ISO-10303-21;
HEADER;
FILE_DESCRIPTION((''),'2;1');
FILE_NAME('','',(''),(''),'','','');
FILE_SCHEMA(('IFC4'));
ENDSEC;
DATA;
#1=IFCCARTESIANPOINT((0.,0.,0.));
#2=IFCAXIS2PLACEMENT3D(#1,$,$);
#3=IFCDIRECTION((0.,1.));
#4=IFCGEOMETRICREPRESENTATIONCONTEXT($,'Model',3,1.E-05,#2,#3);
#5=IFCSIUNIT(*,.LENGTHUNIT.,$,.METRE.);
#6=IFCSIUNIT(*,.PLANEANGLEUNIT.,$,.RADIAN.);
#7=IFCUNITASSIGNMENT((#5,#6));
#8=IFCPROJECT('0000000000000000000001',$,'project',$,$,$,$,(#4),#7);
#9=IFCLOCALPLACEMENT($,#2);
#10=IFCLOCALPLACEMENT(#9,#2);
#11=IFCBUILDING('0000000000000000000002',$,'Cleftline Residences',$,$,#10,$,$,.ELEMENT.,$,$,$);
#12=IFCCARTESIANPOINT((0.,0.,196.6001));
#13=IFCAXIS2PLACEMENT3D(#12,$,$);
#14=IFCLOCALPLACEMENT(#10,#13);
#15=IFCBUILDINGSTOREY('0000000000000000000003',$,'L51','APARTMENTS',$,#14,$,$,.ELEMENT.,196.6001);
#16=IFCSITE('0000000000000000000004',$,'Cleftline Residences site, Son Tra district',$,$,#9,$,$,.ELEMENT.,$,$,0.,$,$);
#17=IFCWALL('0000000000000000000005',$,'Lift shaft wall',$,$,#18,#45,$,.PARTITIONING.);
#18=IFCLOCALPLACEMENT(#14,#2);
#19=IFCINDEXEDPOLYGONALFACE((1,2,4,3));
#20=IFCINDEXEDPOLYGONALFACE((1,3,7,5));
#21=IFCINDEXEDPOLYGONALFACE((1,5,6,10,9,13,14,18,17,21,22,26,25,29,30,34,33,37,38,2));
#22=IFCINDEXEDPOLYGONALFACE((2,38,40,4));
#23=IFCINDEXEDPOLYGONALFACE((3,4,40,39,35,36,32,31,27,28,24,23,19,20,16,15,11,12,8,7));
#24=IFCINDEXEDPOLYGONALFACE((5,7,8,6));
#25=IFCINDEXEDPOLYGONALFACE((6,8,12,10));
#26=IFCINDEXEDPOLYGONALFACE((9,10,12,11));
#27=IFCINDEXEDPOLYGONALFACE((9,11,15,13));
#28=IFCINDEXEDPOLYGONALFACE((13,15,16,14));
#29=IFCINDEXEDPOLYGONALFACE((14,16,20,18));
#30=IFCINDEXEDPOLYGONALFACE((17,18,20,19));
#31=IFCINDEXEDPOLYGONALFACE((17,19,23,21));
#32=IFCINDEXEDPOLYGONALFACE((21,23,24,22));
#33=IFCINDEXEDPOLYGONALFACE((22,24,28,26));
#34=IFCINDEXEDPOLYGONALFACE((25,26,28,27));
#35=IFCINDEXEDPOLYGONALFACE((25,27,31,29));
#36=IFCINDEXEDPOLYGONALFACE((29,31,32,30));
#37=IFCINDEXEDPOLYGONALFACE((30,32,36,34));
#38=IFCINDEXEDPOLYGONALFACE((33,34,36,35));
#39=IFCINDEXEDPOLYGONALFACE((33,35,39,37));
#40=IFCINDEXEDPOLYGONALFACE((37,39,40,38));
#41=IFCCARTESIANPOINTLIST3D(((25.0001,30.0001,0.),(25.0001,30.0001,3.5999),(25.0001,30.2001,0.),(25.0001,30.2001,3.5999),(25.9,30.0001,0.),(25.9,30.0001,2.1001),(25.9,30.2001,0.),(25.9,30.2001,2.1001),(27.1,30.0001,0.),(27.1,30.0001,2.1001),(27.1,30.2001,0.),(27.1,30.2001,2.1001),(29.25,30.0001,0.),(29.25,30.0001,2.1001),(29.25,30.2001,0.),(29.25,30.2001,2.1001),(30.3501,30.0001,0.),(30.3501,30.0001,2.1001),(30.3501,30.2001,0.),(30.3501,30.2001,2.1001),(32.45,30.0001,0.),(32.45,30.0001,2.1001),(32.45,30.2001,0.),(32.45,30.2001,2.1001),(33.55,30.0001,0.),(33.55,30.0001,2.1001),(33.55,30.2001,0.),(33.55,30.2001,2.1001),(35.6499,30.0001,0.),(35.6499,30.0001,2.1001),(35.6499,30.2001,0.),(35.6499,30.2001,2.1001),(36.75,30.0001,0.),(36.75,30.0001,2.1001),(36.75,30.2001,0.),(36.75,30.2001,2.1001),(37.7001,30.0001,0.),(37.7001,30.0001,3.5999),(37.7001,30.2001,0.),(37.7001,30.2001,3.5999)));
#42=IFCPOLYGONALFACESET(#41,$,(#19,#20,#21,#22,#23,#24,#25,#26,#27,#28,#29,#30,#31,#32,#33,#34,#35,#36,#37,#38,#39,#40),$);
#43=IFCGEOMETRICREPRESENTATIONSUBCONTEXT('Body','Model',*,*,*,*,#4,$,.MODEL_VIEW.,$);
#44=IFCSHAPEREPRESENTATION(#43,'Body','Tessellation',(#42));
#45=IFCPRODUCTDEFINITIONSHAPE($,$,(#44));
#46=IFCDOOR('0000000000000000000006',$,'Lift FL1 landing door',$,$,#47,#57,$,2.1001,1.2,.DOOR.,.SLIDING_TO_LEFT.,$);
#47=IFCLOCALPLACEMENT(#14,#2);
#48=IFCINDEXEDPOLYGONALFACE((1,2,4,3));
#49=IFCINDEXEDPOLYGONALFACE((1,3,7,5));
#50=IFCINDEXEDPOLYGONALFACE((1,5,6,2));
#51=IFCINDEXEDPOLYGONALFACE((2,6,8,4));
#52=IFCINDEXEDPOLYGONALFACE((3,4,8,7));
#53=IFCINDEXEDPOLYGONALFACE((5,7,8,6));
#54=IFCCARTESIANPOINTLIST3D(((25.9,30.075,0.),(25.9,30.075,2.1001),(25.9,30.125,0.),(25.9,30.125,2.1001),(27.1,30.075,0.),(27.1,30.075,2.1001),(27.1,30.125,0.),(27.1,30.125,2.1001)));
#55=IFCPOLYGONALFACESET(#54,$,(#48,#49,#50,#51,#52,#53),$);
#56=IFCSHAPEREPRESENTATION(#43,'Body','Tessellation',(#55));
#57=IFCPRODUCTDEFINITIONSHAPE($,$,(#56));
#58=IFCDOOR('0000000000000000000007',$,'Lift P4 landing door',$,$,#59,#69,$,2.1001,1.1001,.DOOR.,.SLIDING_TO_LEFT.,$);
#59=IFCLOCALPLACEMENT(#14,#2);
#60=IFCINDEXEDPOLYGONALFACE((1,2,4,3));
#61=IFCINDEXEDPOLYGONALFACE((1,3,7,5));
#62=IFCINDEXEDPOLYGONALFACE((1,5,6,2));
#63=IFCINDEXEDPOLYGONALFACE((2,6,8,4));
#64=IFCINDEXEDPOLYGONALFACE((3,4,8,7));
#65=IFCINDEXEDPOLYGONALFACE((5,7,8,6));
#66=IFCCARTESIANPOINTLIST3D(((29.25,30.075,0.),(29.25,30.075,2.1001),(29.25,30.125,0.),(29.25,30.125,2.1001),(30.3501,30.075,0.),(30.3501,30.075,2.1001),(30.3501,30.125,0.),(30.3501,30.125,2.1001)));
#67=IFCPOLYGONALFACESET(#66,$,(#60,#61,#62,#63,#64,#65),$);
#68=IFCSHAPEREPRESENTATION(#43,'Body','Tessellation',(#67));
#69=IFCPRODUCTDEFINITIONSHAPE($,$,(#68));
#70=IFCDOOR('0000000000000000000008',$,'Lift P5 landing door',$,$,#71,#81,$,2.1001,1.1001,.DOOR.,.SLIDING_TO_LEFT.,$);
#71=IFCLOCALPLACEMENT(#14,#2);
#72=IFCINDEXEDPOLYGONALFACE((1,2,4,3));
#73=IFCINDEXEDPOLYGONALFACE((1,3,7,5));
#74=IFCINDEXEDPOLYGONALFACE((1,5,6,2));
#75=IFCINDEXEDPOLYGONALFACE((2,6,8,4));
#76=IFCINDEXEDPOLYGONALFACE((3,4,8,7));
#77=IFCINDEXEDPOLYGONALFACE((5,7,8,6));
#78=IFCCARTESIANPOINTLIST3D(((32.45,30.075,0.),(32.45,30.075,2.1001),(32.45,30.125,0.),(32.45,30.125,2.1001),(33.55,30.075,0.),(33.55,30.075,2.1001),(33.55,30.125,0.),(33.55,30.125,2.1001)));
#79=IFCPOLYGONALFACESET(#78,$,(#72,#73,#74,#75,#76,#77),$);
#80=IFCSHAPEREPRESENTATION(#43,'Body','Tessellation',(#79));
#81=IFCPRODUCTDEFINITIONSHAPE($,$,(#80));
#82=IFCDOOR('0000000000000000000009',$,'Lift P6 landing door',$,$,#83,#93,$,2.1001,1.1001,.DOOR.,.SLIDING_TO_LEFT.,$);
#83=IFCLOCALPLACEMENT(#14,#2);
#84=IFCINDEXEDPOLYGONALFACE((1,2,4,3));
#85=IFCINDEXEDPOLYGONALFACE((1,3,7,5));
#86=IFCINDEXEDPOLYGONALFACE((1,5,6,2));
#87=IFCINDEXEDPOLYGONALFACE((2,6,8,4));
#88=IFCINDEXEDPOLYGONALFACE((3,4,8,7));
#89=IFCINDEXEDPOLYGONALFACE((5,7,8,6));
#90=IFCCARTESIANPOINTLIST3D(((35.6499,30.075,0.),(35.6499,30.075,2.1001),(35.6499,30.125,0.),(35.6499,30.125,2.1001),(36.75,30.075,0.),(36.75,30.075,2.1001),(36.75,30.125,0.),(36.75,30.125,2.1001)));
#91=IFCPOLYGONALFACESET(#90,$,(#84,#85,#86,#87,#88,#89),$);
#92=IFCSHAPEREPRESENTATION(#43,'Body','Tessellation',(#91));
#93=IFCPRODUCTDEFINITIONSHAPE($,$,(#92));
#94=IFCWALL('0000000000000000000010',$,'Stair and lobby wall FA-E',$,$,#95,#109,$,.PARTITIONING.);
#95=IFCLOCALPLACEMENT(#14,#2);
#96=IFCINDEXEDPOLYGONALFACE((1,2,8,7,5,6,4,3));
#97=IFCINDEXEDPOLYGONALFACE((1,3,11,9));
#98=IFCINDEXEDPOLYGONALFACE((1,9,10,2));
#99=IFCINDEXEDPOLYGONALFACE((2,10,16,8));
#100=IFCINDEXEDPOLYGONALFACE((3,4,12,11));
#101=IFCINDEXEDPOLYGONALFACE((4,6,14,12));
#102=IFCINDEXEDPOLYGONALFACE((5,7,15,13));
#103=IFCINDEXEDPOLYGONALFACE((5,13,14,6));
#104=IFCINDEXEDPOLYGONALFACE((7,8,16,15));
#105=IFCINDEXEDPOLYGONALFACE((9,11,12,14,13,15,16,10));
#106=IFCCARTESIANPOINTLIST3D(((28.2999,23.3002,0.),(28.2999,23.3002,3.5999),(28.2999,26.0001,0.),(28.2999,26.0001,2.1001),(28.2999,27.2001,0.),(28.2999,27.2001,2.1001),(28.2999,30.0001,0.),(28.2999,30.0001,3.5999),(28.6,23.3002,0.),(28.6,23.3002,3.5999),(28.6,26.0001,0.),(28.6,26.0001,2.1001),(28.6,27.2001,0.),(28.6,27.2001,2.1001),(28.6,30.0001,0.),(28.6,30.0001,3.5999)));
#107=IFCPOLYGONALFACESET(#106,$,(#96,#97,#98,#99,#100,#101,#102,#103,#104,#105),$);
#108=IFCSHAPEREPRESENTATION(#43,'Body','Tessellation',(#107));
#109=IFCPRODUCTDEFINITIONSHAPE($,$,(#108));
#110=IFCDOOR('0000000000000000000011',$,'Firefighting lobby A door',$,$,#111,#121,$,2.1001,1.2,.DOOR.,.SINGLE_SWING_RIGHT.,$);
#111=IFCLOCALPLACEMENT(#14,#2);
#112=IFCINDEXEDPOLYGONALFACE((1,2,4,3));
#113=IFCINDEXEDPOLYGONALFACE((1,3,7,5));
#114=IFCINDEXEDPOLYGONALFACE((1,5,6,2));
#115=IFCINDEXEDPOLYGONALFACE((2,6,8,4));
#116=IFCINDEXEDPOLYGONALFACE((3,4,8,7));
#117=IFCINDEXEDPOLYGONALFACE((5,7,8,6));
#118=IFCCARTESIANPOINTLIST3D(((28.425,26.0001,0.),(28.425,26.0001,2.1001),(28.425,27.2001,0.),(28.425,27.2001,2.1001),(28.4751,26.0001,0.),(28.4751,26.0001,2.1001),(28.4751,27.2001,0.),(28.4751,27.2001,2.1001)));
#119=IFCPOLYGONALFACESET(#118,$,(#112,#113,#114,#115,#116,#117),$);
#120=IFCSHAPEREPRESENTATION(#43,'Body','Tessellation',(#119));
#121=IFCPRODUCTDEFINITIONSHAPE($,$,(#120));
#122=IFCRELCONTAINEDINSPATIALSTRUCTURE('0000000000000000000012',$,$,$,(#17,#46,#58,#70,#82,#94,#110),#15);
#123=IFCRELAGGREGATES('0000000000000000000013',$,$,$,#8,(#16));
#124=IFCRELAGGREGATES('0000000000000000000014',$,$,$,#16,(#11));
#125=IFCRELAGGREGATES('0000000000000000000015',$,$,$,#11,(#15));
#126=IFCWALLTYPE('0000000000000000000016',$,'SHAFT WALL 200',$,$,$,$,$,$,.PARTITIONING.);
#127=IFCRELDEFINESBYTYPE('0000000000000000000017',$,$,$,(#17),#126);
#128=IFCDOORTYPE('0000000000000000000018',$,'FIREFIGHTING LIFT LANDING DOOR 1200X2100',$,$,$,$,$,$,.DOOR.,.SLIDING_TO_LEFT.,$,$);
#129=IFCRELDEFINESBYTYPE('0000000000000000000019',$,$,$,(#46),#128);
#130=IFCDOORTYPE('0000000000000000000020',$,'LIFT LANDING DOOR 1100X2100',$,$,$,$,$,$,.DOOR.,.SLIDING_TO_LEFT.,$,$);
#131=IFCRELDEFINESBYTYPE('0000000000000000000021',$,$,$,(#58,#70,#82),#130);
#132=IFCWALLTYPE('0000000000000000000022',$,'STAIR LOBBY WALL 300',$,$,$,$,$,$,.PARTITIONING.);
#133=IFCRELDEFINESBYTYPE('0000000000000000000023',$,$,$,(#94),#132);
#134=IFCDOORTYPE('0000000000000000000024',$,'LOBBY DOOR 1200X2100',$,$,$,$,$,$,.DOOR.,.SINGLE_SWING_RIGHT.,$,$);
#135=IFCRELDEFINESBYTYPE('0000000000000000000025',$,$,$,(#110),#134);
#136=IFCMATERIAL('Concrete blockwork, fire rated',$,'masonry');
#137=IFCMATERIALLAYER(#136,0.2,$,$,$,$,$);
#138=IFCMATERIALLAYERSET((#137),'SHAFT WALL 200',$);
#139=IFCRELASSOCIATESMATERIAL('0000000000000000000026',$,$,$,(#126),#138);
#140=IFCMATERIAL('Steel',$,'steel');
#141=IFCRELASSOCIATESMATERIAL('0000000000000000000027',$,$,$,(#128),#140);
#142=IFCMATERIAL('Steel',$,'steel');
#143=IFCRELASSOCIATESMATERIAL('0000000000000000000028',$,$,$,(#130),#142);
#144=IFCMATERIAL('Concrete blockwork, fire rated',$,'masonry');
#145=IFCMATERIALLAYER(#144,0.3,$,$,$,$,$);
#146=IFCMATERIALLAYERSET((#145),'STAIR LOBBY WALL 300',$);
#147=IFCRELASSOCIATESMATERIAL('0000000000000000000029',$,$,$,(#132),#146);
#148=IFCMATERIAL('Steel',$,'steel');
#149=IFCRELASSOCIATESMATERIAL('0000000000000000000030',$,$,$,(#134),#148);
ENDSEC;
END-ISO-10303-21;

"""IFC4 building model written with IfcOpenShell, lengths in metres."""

from ifc_helpers import new_model, si_unit, direction, frame, frame_2d, origin, place, context, subcontext, project, spatial, rectangle, extrude, material, layer, layer_set, type_object, element, fill, save


model = new_model("IFC4")

# Units and contexts
model_context = context("Model", 3, precision=1e-05, world=origin(), true_north=direction((0.0, 1.0)))
body_context = subcontext(model_context, "Body", "Model", "MODEL_VIEW")
ifc_project = project(units=[si_unit("LENGTHUNIT", "METRE"), si_unit("PLANEANGLEUNIT", "RADIAN")], contexts=[model_context])

# Site, building, storey
site_placement = place(None, origin())
site = spatial("IfcSite", under=ifc_project, at=site_placement, Name="Cleftline Residences site, Son Tra district", CompositionType="ELEMENT", RefElevation=0.0)
building_placement = place(site_placement, origin())
building = spatial("IfcBuilding", under=site, at=building_placement, Name="Cleftline Residences", CompositionType="ELEMENT")
storey_placement = place(building_placement, frame((0.0, 0.0, 196.6001)))
storey = spatial("IfcBuildingStorey", under=building, at=storey_placement, Name="L51", Description="APARTMENTS", CompositionType="ELEMENT", Elevation=196.6001)

# Wall, openings, doors
ifc_material_1 = material(Name="Concrete blockwork, fire rated", Category="masonry")
ifc_layer_1 = layer(ifc_material_1, 0.2)
ifc_layer_set_1 = layer_set([ifc_layer_1], Name="SHAFT WALL 200")
wall_type_1 = type_object("IfcWallType", Name="SHAFT WALL 200", PredefinedType="PARTITIONING", material=ifc_layer_set_1)
wall_1_placement = place(storey_placement, frame((25.0, 30.1001, 0.0), z_axis=(0.0, 0.0, 1.0), x_axis=(1.0, 0.0, 0.0)))
wall_1 = element("IfcWall", 1, at=wall_1_placement, inside=storey, type_object=wall_type_1, Name="Lift shaft wall", PredefinedType="PARTITIONING", context=body_context, shape_type="SweptSolid", body=[
    extrude(rectangle(XDim=12.7, YDim=0.2, at=frame_2d((6.3501, 0.0))), origin(), (0.0, 0.0, 1.0), 3.5999),
])
opening_1_placement = place(wall_1_placement, frame((4.25, 0.0, 0.0)))
opening_1 = element("IfcOpeningElement", 2, at=opening_1_placement, cuts=wall_1, PredefinedType="OPENING", context=body_context, shape_type="SweptSolid", body=[
    extrude(rectangle(XDim=1.1001, YDim=2.1001, at=frame_2d((0.55, 1.05))), frame((0.0, 0.1099, 0.0), z_axis=(0.0, -1.0, 0.0), x_axis=(1.0, 0.0, 0.0)), (0.0, 0.0, 1.0), 0.22),
])
opening_2_placement = place(wall_1_placement, frame((7.45, 0.0, 0.0)))
opening_2 = element("IfcOpeningElement", 3, at=opening_2_placement, cuts=wall_1, PredefinedType="OPENING", context=body_context, shape_type="SweptSolid", body=[
    extrude(rectangle(XDim=1.1001, YDim=2.1001, at=frame_2d((0.55, 1.05))), frame((0.0, 0.1099, 0.0), z_axis=(0.0, -1.0, 0.0), x_axis=(1.0, 0.0, 0.0)), (0.0, 0.0, 1.0), 0.22),
])
opening_3_placement = place(wall_1_placement, frame((10.6499, 0.0, 0.0)))
opening_3 = element("IfcOpeningElement", 4, at=opening_3_placement, cuts=wall_1, PredefinedType="OPENING", context=body_context, shape_type="SweptSolid", body=[
    extrude(rectangle(XDim=1.1001, YDim=2.1001, at=frame_2d((0.55, 1.05))), frame((0.0, 0.1099, 0.0), z_axis=(0.0, -1.0, 0.0), x_axis=(1.0, 0.0, 0.0)), (0.0, 0.0, 1.0), 0.22),
])
opening_4_placement = place(wall_1_placement, frame((0.8999, 0.0, 0.0)))
opening_4 = element("IfcOpeningElement", 5, at=opening_4_placement, cuts=wall_1, PredefinedType="OPENING", context=body_context, shape_type="SweptSolid", body=[
    extrude(rectangle(XDim=1.2, YDim=2.1001, at=frame_2d((0.6001, 1.05))), frame((0.0, 0.1099, 0.0), z_axis=(0.0, -1.0, 0.0), x_axis=(1.0, 0.0, 0.0)), (0.0, 0.0, 1.0), 0.22),
])
ifc_material_2 = material(Name="Steel", Category="steel")
door_type_1 = type_object("IfcDoorType", Name="FIREFIGHTING LIFT LANDING DOOR 1200X2100", OperationType="SLIDING_TO_LEFT", PredefinedType="DOOR", material=ifc_material_2)
door_1_placement = place(opening_4_placement, origin())
door_1 = element("IfcDoor", 6, at=door_1_placement, inside=storey, type_object=door_type_1, Name="Lift FL1 landing door", OperationType="SLIDING_TO_LEFT", OverallHeight=2.1001, OverallWidth=1.2, PredefinedType="DOOR", context=body_context, shape_type="SweptSolid", body=[
    extrude(rectangle(XDim=1.2, YDim=2.1001, at=frame_2d((0.6001, 1.05))), frame((0.0, 0.0249, 0.0), z_axis=(0.0, -1.0, 0.0), x_axis=(1.0, 0.0, 0.0)), (0.0, 0.0, 1.0), 0.05),
])
fill(opening_4, door_1)
ifc_material_3 = material(Name="Steel", Category="steel")
door_type_2 = type_object("IfcDoorType", Name="LIFT LANDING DOOR 1100X2100", OperationType="SLIDING_TO_LEFT", PredefinedType="DOOR", material=ifc_material_3)
door_2_placement = place(opening_1_placement, origin())
door_2 = element("IfcDoor", 7, at=door_2_placement, inside=storey, type_object=door_type_2, Name="Lift P4 landing door", OperationType="SLIDING_TO_LEFT", OverallHeight=2.1001, OverallWidth=1.1001, PredefinedType="DOOR", context=body_context, shape_type="SweptSolid", body=[
    extrude(rectangle(XDim=1.1001, YDim=2.1001, at=frame_2d((0.55, 1.05))), frame((0.0, 0.0249, 0.0), z_axis=(0.0, -1.0, 0.0), x_axis=(1.0, 0.0, 0.0)), (0.0, 0.0, 1.0), 0.05),
])
fill(opening_1, door_2)
door_3_placement = place(opening_2_placement, origin())
door_3 = element("IfcDoor", 8, at=door_3_placement, inside=storey, type_object=door_type_2, Name="Lift P5 landing door", OperationType="SLIDING_TO_LEFT", OverallHeight=2.1001, OverallWidth=1.1001, PredefinedType="DOOR", context=body_context, shape_type="SweptSolid", body=[
    extrude(rectangle(XDim=1.1001, YDim=2.1001, at=frame_2d((0.55, 1.05))), frame((0.0, 0.0249, 0.0), z_axis=(0.0, -1.0, 0.0), x_axis=(1.0, 0.0, 0.0)), (0.0, 0.0, 1.0), 0.05),
])
fill(opening_2, door_3)
door_4_placement = place(opening_3_placement, origin())
door_4 = element("IfcDoor", 9, at=door_4_placement, inside=storey, type_object=door_type_2, Name="Lift P6 landing door", OperationType="SLIDING_TO_LEFT", OverallHeight=2.1001, OverallWidth=1.1001, PredefinedType="DOOR", context=body_context, shape_type="SweptSolid", body=[
    extrude(rectangle(XDim=1.1001, YDim=2.1001, at=frame_2d((0.55, 1.05))), frame((0.0, 0.0249, 0.0), z_axis=(0.0, -1.0, 0.0), x_axis=(1.0, 0.0, 0.0)), (0.0, 0.0, 1.0), 0.05),
])
fill(opening_3, door_4)

# Wall, opening, door
ifc_material_4 = material(Name="Concrete blockwork, fire rated", Category="masonry")
ifc_layer_2 = layer(ifc_material_4, 0.3)
ifc_layer_set_2 = layer_set([ifc_layer_2], Name="STAIR LOBBY WALL 300")
wall_type_2 = type_object("IfcWallType", Name="STAIR LOBBY WALL 300", PredefinedType="PARTITIONING", material=ifc_layer_set_2)
wall_2_placement = place(storey_placement, frame((28.45, 23.3, 0.0), z_axis=(0.0, 0.0, 1.0), x_axis=(0.0, 1.0, 0.0)))
wall_2 = element("IfcWall", 10, at=wall_2_placement, inside=storey, type_object=wall_type_2, Name="Stair and lobby wall FA-E", PredefinedType="PARTITIONING", context=body_context, shape_type="SweptSolid", body=[
    extrude(rectangle(XDim=6.7, YDim=0.3, at=frame_2d((3.3501, 0.0))), origin(), (0.0, 0.0, 1.0), 3.5999),
])
opening_5_placement = place(wall_2_placement, frame((2.7, 0.0, 0.0)))
opening_5 = element("IfcOpeningElement", 11, at=opening_5_placement, cuts=wall_2, PredefinedType="OPENING", context=body_context, shape_type="SweptSolid", body=[
    extrude(rectangle(XDim=1.2, YDim=2.1001, at=frame_2d((0.6001, 1.05))), frame((0.0, 0.1599, 0.0), z_axis=(0.0, -1.0, 0.0), x_axis=(1.0, 0.0, 0.0)), (0.0, 0.0, 1.0), 0.3201),
])
ifc_material_5 = material(Name="Steel", Category="steel")
door_type_3 = type_object("IfcDoorType", Name="LOBBY DOOR 1200X2100", OperationType="SINGLE_SWING_RIGHT", PredefinedType="DOOR", material=ifc_material_5)
door_5_placement = place(opening_5_placement, origin())
door_5 = element("IfcDoor", 12, at=door_5_placement, inside=storey, type_object=door_type_3, Name="Firefighting lobby A door", OperationType="SINGLE_SWING_RIGHT", OverallHeight=2.1001, OverallWidth=1.2, PredefinedType="DOOR", context=body_context, shape_type="SweptSolid", body=[
    extrude(rectangle(XDim=1.2, YDim=2.1001, at=frame_2d((0.6001, 1.05))), frame((0.0, 0.0249, 0.0), z_axis=(0.0, -1.0, 0.0), x_axis=(1.0, 0.0, 0.0)), (0.0, 0.0, 1.0), 0.05),
])
fill(opening_5, door_5)

save(model, "model.ifc")
